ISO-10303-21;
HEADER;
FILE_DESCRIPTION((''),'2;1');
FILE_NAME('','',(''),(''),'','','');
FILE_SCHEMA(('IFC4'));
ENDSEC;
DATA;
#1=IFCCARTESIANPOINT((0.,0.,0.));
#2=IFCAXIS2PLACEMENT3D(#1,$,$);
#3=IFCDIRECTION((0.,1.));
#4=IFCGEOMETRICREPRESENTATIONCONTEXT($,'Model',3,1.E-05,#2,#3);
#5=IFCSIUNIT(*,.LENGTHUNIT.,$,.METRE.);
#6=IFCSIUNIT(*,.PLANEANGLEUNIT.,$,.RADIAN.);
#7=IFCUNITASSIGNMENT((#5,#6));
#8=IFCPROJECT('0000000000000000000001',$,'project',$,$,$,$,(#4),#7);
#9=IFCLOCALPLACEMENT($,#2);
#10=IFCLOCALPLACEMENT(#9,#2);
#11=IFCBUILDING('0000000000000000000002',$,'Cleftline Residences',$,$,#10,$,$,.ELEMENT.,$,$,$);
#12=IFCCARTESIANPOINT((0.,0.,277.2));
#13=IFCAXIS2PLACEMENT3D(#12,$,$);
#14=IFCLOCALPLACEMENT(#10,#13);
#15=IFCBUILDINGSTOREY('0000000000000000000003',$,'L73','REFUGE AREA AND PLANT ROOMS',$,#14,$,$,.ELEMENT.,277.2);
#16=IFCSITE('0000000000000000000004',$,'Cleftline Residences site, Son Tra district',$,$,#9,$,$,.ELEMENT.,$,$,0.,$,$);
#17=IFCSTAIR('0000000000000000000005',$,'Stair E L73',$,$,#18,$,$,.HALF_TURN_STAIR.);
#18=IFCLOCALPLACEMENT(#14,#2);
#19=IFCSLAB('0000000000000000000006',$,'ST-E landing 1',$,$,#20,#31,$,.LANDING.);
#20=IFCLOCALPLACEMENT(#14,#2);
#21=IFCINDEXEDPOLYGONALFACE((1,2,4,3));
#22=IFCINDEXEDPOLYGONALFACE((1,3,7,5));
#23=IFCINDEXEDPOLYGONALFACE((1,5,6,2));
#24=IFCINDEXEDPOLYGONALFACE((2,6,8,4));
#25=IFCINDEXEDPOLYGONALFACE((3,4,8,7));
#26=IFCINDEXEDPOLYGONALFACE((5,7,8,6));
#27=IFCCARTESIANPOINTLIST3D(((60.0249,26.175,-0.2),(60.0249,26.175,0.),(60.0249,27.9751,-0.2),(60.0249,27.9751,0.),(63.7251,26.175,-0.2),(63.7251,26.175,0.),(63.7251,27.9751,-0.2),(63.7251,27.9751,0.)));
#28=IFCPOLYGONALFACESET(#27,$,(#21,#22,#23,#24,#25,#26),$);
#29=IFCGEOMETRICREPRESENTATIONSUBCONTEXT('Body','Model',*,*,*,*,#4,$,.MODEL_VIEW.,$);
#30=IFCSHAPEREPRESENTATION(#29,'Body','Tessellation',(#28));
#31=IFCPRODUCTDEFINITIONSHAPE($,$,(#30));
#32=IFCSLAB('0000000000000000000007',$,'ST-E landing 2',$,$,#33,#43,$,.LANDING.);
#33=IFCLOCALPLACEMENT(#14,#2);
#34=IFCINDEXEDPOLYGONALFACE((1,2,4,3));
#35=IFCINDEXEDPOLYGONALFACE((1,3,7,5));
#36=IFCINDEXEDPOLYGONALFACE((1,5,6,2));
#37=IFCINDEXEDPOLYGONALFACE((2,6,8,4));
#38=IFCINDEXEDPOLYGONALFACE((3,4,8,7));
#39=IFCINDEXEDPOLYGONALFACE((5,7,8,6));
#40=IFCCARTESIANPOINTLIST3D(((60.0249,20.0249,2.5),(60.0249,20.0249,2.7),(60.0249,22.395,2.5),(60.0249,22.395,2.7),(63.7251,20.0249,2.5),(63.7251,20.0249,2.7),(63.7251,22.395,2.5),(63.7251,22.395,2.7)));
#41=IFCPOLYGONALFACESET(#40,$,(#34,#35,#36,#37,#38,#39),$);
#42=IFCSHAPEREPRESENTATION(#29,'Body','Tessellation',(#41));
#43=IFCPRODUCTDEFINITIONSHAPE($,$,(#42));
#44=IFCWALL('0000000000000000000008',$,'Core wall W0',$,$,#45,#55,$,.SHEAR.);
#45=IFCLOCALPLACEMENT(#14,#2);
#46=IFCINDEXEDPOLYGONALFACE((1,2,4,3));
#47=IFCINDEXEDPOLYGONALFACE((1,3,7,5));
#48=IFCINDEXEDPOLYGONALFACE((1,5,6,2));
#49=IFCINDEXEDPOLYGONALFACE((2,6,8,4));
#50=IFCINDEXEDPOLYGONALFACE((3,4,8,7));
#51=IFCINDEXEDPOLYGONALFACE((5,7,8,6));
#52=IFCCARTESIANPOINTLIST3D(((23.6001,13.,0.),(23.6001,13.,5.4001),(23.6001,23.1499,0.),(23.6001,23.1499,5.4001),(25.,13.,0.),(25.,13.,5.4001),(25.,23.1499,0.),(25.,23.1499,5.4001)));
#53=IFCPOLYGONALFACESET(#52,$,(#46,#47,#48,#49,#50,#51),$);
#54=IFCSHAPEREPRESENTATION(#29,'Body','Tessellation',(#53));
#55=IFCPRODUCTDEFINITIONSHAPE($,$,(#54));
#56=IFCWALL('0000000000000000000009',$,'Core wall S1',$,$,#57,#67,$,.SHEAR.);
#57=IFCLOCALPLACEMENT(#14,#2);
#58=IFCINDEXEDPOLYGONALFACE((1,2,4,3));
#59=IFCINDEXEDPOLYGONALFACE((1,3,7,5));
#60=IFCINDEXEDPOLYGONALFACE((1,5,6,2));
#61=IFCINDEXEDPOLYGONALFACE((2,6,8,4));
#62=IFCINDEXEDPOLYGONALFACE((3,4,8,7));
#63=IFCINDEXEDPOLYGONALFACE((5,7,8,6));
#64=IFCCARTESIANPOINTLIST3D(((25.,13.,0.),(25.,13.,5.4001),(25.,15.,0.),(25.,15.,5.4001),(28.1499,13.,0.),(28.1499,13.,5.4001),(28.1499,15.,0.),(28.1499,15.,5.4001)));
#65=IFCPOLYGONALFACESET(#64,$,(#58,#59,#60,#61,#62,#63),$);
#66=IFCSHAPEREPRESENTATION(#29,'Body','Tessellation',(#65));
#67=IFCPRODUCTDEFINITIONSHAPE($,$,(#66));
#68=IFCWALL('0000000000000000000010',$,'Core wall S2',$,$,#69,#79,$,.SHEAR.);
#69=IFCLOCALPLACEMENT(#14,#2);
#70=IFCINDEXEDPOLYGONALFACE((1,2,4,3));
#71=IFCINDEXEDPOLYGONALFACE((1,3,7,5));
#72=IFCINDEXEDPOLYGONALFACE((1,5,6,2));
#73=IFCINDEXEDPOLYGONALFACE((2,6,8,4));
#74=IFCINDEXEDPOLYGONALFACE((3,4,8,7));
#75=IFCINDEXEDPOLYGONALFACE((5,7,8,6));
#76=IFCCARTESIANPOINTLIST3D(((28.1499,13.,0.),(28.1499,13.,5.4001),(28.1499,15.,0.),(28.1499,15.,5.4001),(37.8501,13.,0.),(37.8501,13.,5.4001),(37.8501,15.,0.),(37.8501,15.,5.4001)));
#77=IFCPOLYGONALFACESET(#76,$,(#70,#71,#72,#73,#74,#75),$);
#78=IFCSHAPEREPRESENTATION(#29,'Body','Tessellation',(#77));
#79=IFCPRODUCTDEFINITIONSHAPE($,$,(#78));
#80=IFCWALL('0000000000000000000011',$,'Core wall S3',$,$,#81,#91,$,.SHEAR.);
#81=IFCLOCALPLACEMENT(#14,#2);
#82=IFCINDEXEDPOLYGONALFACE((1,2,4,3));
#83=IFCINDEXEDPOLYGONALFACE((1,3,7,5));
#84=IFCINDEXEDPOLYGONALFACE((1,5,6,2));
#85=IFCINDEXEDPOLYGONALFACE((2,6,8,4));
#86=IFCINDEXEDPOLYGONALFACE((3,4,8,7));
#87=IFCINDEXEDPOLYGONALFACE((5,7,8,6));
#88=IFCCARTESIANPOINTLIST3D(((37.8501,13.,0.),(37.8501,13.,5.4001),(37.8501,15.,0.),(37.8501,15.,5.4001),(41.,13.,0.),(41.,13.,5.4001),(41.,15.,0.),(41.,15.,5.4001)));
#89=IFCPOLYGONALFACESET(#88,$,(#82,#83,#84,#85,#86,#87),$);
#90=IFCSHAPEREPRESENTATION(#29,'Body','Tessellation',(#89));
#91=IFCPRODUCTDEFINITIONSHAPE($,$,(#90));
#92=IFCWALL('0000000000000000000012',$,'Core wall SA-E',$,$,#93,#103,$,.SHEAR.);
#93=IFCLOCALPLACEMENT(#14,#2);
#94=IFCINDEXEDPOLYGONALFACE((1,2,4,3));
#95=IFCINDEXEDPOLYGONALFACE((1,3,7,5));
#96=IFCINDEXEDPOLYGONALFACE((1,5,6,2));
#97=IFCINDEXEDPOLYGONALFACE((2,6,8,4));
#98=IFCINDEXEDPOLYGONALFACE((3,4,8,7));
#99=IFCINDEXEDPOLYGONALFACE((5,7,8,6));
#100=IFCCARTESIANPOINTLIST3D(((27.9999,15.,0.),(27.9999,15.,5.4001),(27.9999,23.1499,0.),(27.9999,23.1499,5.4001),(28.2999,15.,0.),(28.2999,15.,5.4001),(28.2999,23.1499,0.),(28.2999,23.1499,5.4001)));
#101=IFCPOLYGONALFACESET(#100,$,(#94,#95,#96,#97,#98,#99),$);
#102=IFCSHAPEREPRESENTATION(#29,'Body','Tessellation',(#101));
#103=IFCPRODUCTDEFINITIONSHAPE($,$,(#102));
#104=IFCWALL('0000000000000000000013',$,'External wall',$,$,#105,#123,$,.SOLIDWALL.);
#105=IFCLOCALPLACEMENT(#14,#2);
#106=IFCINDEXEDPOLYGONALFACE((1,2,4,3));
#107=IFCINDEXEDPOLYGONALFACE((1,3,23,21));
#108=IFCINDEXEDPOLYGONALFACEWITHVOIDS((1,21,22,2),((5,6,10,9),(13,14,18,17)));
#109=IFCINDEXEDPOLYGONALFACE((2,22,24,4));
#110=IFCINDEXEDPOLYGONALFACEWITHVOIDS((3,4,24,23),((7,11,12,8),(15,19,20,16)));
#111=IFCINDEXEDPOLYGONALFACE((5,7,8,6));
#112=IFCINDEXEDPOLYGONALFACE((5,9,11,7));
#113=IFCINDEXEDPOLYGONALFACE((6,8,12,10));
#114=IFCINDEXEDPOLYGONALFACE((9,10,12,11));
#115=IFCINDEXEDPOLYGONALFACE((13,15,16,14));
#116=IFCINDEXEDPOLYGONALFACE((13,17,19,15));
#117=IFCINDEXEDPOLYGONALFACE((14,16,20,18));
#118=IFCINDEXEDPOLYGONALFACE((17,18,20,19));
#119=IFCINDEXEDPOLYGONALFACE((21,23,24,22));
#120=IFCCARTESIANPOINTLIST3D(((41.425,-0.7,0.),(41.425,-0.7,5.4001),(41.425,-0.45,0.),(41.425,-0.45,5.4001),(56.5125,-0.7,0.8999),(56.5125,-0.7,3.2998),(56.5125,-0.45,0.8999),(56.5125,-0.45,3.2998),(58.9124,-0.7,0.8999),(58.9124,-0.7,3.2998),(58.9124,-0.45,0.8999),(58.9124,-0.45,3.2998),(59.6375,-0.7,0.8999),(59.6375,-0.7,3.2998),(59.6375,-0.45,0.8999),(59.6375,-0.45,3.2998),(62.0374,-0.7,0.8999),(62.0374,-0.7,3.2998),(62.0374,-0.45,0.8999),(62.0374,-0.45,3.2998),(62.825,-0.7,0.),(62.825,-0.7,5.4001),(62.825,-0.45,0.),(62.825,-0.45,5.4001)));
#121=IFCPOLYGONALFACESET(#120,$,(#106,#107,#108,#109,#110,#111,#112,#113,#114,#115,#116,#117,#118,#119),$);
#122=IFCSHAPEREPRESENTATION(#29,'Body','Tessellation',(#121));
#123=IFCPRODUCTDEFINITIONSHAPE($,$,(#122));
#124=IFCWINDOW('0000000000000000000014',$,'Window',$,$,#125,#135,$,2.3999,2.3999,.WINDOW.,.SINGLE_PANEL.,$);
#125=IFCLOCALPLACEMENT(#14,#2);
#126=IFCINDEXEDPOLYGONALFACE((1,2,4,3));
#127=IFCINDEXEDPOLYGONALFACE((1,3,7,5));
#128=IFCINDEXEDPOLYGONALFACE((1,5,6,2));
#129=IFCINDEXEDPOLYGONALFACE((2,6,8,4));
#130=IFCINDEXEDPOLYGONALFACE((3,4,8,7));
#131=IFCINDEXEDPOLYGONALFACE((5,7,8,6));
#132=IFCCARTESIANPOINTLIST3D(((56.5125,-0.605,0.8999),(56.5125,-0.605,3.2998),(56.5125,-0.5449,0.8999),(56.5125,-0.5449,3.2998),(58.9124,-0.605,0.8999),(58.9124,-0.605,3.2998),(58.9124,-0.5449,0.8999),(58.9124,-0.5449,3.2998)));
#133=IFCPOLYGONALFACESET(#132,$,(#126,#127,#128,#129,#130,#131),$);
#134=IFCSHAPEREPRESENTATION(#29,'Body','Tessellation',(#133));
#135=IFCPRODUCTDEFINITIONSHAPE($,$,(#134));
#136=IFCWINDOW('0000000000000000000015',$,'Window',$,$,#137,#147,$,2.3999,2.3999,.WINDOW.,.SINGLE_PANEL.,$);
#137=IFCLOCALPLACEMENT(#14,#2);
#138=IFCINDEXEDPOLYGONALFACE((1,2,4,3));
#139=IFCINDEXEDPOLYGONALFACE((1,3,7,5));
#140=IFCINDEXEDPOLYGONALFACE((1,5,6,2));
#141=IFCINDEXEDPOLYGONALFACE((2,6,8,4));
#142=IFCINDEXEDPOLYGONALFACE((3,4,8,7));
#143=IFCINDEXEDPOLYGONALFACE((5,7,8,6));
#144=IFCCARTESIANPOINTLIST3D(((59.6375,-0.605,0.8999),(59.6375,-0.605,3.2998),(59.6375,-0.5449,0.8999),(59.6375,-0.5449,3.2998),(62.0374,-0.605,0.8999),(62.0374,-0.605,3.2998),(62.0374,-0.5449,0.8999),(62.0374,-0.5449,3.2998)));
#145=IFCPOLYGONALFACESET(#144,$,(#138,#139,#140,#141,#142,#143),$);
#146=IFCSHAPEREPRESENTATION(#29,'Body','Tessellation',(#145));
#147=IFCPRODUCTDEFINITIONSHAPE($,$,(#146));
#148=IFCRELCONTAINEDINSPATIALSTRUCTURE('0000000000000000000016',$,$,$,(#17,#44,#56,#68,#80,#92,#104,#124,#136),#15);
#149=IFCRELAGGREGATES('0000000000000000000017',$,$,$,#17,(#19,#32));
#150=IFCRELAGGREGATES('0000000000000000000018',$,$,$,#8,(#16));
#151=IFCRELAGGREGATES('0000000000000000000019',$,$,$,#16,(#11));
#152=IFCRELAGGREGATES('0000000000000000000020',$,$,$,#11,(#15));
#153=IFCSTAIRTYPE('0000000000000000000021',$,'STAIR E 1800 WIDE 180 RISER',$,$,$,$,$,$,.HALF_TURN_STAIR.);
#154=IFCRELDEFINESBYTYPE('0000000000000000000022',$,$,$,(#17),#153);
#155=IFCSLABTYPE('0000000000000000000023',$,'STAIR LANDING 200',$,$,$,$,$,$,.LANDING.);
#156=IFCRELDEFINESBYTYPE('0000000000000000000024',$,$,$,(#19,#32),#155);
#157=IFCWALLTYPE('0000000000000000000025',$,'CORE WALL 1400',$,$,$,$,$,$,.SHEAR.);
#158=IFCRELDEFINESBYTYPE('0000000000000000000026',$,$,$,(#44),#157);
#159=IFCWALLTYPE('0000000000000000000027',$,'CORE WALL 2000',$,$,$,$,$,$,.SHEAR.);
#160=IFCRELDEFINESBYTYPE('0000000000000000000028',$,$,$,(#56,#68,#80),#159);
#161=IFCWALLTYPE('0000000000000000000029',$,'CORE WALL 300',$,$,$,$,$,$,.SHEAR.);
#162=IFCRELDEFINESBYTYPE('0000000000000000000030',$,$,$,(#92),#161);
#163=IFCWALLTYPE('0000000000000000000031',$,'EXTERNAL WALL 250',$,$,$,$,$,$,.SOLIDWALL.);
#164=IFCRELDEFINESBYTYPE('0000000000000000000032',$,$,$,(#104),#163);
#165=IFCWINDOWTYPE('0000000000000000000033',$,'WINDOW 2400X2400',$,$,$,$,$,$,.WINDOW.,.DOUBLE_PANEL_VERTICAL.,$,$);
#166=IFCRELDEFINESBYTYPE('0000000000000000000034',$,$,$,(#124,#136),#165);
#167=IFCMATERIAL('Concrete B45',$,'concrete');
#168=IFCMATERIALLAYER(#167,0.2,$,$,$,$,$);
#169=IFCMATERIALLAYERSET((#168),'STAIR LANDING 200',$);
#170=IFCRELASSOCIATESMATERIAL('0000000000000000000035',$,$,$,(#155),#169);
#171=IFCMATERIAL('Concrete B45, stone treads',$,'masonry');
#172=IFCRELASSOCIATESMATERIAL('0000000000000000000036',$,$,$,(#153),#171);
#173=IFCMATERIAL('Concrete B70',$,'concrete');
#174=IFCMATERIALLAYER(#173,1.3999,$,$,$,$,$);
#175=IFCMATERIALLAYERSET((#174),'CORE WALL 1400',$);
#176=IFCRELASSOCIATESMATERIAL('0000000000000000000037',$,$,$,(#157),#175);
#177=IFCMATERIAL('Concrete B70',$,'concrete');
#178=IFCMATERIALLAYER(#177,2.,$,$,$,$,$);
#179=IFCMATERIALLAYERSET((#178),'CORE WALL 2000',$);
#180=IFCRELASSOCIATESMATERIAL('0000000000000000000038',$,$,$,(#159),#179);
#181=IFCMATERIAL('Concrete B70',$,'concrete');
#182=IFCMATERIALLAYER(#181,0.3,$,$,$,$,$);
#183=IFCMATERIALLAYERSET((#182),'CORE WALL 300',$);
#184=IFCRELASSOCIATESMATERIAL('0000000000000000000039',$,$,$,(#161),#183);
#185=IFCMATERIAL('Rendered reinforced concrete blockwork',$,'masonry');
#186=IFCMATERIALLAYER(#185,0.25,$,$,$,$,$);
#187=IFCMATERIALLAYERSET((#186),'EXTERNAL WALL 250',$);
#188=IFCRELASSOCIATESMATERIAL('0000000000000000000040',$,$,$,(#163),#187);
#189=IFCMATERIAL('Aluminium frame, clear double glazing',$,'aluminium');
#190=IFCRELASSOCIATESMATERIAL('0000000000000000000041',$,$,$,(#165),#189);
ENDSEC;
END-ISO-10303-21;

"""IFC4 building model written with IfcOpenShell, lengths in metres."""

from ifc_helpers import new_model, si_unit, direction, frame, frame_2d, origin, place, context, subcontext, project, spatial, polyline, rectangle, outline, extrude, material, layer, layer_set, type_object, element, fill, aggregate, save


model = new_model("IFC4")

# Units and contexts
model_context = context("Model", 3, precision=1e-05, world=origin(), true_north=direction((0.0, 1.0)))
body_context = subcontext(model_context, "Body", "Model", "MODEL_VIEW")
ifc_project = project(units=[si_unit("LENGTHUNIT", "METRE"), si_unit("PLANEANGLEUNIT", "RADIAN")], contexts=[model_context])

# Site, building, storey
site_placement = place(None, origin())
site = spatial("IfcSite", under=ifc_project, at=site_placement, Name="Cleftline Residences site, Son Tra district", CompositionType="ELEMENT", RefElevation=0.0)
building_placement = place(site_placement, origin())
building = spatial("IfcBuilding", under=site, at=building_placement, Name="Cleftline Residences", CompositionType="ELEMENT")
storey_placement = place(building_placement, frame((0.0, 0.0, 277.2)))
storey = spatial("IfcBuildingStorey", under=building, at=storey_placement, Name="L73", Description="REFUGE AREA AND PLANT ROOMS", CompositionType="ELEMENT", Elevation=277.2)

# Stair, slabs
ifc_material_1 = material(Name="Concrete B45", Category="concrete")
ifc_layer_1 = layer(ifc_material_1, 0.2)
ifc_layer_set_1 = layer_set([ifc_layer_1], Name="STAIR LANDING 200")
slab_type_1 = type_object("IfcSlabType", Name="STAIR LANDING 200", PredefinedType="LANDING", material=ifc_layer_set_1)
ifc_material_2 = material(Name="Concrete B45, stone treads", Category="masonry")
stair_type_1 = type_object("IfcStairType", Name="STAIR E 1800 WIDE 180 RISER", PredefinedType="HALF_TURN_STAIR", material=ifc_material_2)
stair_1_placement = place(storey_placement, origin())
stair_1 = element("IfcStair", 1, at=stair_1_placement, inside=storey, type_object=stair_type_1, Name="Stair E L73", PredefinedType="HALF_TURN_STAIR")
slab_1_placement = place(storey_placement, frame((0.0, 0.0, -0.2)))
slab_1 = element("IfcSlab", 2, at=slab_1_placement, type_object=slab_type_1, Name="ST-E landing 1", PredefinedType="LANDING", context=body_context, shape_type="SweptSolid", body=[
    extrude(outline(polyline([(60.0249, 26.175), (63.7251, 26.175), (63.7251, 27.9751), (60.0249, 27.9751), (60.0249, 26.175)])), origin(), (0.0, 0.0, 1.0), 0.2),
])
slab_2_placement = place(storey_placement, frame((0.0, 0.0, 2.5)))
slab_2 = element("IfcSlab", 3, at=slab_2_placement, type_object=slab_type_1, Name="ST-E landing 2", PredefinedType="LANDING", context=body_context, shape_type="SweptSolid", body=[
    extrude(outline(polyline([(60.0249, 20.0249), (63.7251, 20.0249), (63.7251, 22.395), (60.0249, 22.395), (60.0249, 20.0249)])), origin(), (0.0, 0.0, 1.0), 0.2),
])
aggregate(stair_1, [slab_1, slab_2])

# Walls
ifc_material_3 = material(Name="Concrete B70", Category="concrete")
ifc_layer_2 = layer(ifc_material_3, 1.3999)
ifc_layer_set_2 = layer_set([ifc_layer_2], Name="CORE WALL 1400")
wall_type_1 = type_object("IfcWallType", Name="CORE WALL 1400", PredefinedType="SHEAR", material=ifc_layer_set_2)
wall_1_placement = place(storey_placement, frame((24.3, 13.0, 0.0), z_axis=(0.0, 0.0, 1.0), x_axis=(0.0, 1.0, 0.0)))
element("IfcWall", 4, at=wall_1_placement, inside=storey, type_object=wall_type_1, Name="Core wall W0", PredefinedType="SHEAR", context=body_context, shape_type="SweptSolid", body=[
    extrude(rectangle(XDim=10.1499, YDim=1.3999, at=frame_2d((5.075, 0.0))), origin(), (0.0, 0.0, 1.0), 5.4001),
])
ifc_material_4 = material(Name="Concrete B70", Category="concrete")
ifc_layer_3 = layer(ifc_material_4, 2.0)
ifc_layer_set_3 = layer_set([ifc_layer_3], Name="CORE WALL 2000")
wall_type_2 = type_object("IfcWallType", Name="CORE WALL 2000", PredefinedType="SHEAR", material=ifc_layer_set_3)
wall_2_placement = place(storey_placement, frame((25.0, 14.0, 0.0), z_axis=(0.0, 0.0, 1.0), x_axis=(1.0, 0.0, 0.0)))
element("IfcWall", 5, at=wall_2_placement, inside=storey, type_object=wall_type_2, Name="Core wall S1", PredefinedType="SHEAR", context=body_context, shape_type="SweptSolid", body=[
    extrude(rectangle(XDim=3.1499, YDim=2.0, at=frame_2d((1.575, 0.0))), origin(), (0.0, 0.0, 1.0), 5.4001),
])
wall_3_placement = place(storey_placement, frame((28.1499, 14.0, 0.0), z_axis=(0.0, 0.0, 1.0), x_axis=(1.0, 0.0, 0.0)))
element("IfcWall", 6, at=wall_3_placement, inside=storey, type_object=wall_type_2, Name="Core wall S2", PredefinedType="SHEAR", context=body_context, shape_type="SweptSolid", body=[
    extrude(rectangle(XDim=9.7002, YDim=2.0, at=frame_2d((4.8501, 0.0))), origin(), (0.0, 0.0, 1.0), 5.4001),
])
wall_4_placement = place(storey_placement, frame((37.8501, 14.0, 0.0), z_axis=(0.0, 0.0, 1.0), x_axis=(1.0, 0.0, 0.0)))
element("IfcWall", 7, at=wall_4_placement, inside=storey, type_object=wall_type_2, Name="Core wall S3", PredefinedType="SHEAR", context=body_context, shape_type="SweptSolid", body=[
    extrude(rectangle(XDim=3.1499, YDim=2.0, at=frame_2d((1.575, 0.0))), origin(), (0.0, 0.0, 1.0), 5.4001),
])
ifc_material_5 = material(Name="Concrete B70", Category="concrete")
ifc_layer_4 = layer(ifc_material_5, 0.3)
ifc_layer_set_4 = layer_set([ifc_layer_4], Name="CORE WALL 300")
wall_type_3 = type_object("IfcWallType", Name="CORE WALL 300", PredefinedType="SHEAR", material=ifc_layer_set_4)
wall_5_placement = place(storey_placement, frame((28.1499, 15.0, 0.0), z_axis=(0.0, 0.0, 1.0), x_axis=(0.0, 1.0, 0.0)))
element("IfcWall", 8, at=wall_5_placement, inside=storey, type_object=wall_type_3, Name="Core wall SA-E", PredefinedType="SHEAR", context=body_context, shape_type="SweptSolid", body=[
    extrude(rectangle(XDim=8.1499, YDim=0.3, at=frame_2d((4.075, 0.0))), origin(), (0.0, 0.0, 1.0), 5.4001),
])

# Wall, openings, windows
ifc_material_6 = material(Name="Rendered reinforced concrete blockwork", Category="masonry")
ifc_layer_5 = layer(ifc_material_6, 0.25)
ifc_layer_set_5 = layer_set([ifc_layer_5], Name="EXTERNAL WALL 250")
wall_type_4 = type_object("IfcWallType", Name="EXTERNAL WALL 250", PredefinedType="SOLIDWALL", material=ifc_layer_set_5)
wall_6_placement = place(storey_placement, frame((41.425, -0.575, 0.0), z_axis=(0.0, 0.0, 1.0), x_axis=(1.0, 0.0, 0.0)))
wall_6 = element("IfcWall", 9, at=wall_6_placement, inside=storey, type_object=wall_type_4, Name="External wall", PredefinedType="SOLIDWALL", context=body_context, shape_type="SweptSolid", body=[
    extrude(rectangle(XDim=21.3999, YDim=0.25, at=frame_2d((10.7, 0.0))), origin(), (0.0, 0.0, 1.0), 5.4001),
])
opening_1_placement = place(wall_6_placement, frame((15.0874, 0.0, 0.8999)))
opening_1 = element("IfcOpeningElement", 10, at=opening_1_placement, cuts=wall_6, PredefinedType="OPENING", context=body_context, shape_type="SweptSolid", body=[
    extrude(rectangle(XDim=2.3999, YDim=2.3999, at=frame_2d((1.2, 1.2))), frame((0.0, 0.135, 0.0), z_axis=(0.0, -1.0, 0.0), x_axis=(1.0, 0.0, 0.0)), (0.0, 0.0, 1.0), 0.27),
])
opening_2_placement = place(wall_6_placement, frame((18.2124, 0.0, 0.8999)))
opening_2 = element("IfcOpeningElement", 11, at=opening_2_placement, cuts=wall_6, PredefinedType="OPENING", context=body_context, shape_type="SweptSolid", body=[
    extrude(rectangle(XDim=2.3999, YDim=2.3999, at=frame_2d((1.2, 1.2))), frame((0.0, 0.135, 0.0), z_axis=(0.0, -1.0, 0.0), x_axis=(1.0, 0.0, 0.0)), (0.0, 0.0, 1.0), 0.27),
])
ifc_material_7 = material(Name="Aluminium frame, clear double glazing", Category="aluminium")
window_type = type_object("IfcWindowType", Name="WINDOW 2400X2400", PartitioningType="DOUBLE_PANEL_VERTICAL", PredefinedType="WINDOW", material=ifc_material_7)
window_1_placement = place(opening_1_placement, origin())
window_1 = element("IfcWindow", 12, at=window_1_placement, inside=storey, type_object=window_type, Name="Window", OverallHeight=2.3999, OverallWidth=2.3999, PartitioningType="SINGLE_PANEL", PredefinedType="WINDOW", context=body_context, shape_type="SweptSolid", body=[
    extrude(rectangle(XDim=2.3999, YDim=2.3999, at=frame_2d((1.2, 1.2))), frame((0.0, 0.03, 0.0), z_axis=(0.0, -1.0, 0.0), x_axis=(1.0, 0.0, 0.0)), (0.0, 0.0, 1.0), 0.0601),
])
fill(opening_1, window_1)
window_2_placement = place(opening_2_placement, origin())
window_2 = element("IfcWindow", 13, at=window_2_placement, inside=storey, type_object=window_type, Name="Window", OverallHeight=2.3999, OverallWidth=2.3999, PartitioningType="SINGLE_PANEL", PredefinedType="WINDOW", context=body_context, shape_type="SweptSolid", body=[
    extrude(rectangle(XDim=2.3999, YDim=2.3999, at=frame_2d((1.2, 1.2))), frame((0.0, 0.03, 0.0), z_axis=(0.0, -1.0, 0.0), x_axis=(1.0, 0.0, 0.0)), (0.0, 0.0, 1.0), 0.0601),
])
fill(opening_2, window_2)

save(model, "model.ifc")
